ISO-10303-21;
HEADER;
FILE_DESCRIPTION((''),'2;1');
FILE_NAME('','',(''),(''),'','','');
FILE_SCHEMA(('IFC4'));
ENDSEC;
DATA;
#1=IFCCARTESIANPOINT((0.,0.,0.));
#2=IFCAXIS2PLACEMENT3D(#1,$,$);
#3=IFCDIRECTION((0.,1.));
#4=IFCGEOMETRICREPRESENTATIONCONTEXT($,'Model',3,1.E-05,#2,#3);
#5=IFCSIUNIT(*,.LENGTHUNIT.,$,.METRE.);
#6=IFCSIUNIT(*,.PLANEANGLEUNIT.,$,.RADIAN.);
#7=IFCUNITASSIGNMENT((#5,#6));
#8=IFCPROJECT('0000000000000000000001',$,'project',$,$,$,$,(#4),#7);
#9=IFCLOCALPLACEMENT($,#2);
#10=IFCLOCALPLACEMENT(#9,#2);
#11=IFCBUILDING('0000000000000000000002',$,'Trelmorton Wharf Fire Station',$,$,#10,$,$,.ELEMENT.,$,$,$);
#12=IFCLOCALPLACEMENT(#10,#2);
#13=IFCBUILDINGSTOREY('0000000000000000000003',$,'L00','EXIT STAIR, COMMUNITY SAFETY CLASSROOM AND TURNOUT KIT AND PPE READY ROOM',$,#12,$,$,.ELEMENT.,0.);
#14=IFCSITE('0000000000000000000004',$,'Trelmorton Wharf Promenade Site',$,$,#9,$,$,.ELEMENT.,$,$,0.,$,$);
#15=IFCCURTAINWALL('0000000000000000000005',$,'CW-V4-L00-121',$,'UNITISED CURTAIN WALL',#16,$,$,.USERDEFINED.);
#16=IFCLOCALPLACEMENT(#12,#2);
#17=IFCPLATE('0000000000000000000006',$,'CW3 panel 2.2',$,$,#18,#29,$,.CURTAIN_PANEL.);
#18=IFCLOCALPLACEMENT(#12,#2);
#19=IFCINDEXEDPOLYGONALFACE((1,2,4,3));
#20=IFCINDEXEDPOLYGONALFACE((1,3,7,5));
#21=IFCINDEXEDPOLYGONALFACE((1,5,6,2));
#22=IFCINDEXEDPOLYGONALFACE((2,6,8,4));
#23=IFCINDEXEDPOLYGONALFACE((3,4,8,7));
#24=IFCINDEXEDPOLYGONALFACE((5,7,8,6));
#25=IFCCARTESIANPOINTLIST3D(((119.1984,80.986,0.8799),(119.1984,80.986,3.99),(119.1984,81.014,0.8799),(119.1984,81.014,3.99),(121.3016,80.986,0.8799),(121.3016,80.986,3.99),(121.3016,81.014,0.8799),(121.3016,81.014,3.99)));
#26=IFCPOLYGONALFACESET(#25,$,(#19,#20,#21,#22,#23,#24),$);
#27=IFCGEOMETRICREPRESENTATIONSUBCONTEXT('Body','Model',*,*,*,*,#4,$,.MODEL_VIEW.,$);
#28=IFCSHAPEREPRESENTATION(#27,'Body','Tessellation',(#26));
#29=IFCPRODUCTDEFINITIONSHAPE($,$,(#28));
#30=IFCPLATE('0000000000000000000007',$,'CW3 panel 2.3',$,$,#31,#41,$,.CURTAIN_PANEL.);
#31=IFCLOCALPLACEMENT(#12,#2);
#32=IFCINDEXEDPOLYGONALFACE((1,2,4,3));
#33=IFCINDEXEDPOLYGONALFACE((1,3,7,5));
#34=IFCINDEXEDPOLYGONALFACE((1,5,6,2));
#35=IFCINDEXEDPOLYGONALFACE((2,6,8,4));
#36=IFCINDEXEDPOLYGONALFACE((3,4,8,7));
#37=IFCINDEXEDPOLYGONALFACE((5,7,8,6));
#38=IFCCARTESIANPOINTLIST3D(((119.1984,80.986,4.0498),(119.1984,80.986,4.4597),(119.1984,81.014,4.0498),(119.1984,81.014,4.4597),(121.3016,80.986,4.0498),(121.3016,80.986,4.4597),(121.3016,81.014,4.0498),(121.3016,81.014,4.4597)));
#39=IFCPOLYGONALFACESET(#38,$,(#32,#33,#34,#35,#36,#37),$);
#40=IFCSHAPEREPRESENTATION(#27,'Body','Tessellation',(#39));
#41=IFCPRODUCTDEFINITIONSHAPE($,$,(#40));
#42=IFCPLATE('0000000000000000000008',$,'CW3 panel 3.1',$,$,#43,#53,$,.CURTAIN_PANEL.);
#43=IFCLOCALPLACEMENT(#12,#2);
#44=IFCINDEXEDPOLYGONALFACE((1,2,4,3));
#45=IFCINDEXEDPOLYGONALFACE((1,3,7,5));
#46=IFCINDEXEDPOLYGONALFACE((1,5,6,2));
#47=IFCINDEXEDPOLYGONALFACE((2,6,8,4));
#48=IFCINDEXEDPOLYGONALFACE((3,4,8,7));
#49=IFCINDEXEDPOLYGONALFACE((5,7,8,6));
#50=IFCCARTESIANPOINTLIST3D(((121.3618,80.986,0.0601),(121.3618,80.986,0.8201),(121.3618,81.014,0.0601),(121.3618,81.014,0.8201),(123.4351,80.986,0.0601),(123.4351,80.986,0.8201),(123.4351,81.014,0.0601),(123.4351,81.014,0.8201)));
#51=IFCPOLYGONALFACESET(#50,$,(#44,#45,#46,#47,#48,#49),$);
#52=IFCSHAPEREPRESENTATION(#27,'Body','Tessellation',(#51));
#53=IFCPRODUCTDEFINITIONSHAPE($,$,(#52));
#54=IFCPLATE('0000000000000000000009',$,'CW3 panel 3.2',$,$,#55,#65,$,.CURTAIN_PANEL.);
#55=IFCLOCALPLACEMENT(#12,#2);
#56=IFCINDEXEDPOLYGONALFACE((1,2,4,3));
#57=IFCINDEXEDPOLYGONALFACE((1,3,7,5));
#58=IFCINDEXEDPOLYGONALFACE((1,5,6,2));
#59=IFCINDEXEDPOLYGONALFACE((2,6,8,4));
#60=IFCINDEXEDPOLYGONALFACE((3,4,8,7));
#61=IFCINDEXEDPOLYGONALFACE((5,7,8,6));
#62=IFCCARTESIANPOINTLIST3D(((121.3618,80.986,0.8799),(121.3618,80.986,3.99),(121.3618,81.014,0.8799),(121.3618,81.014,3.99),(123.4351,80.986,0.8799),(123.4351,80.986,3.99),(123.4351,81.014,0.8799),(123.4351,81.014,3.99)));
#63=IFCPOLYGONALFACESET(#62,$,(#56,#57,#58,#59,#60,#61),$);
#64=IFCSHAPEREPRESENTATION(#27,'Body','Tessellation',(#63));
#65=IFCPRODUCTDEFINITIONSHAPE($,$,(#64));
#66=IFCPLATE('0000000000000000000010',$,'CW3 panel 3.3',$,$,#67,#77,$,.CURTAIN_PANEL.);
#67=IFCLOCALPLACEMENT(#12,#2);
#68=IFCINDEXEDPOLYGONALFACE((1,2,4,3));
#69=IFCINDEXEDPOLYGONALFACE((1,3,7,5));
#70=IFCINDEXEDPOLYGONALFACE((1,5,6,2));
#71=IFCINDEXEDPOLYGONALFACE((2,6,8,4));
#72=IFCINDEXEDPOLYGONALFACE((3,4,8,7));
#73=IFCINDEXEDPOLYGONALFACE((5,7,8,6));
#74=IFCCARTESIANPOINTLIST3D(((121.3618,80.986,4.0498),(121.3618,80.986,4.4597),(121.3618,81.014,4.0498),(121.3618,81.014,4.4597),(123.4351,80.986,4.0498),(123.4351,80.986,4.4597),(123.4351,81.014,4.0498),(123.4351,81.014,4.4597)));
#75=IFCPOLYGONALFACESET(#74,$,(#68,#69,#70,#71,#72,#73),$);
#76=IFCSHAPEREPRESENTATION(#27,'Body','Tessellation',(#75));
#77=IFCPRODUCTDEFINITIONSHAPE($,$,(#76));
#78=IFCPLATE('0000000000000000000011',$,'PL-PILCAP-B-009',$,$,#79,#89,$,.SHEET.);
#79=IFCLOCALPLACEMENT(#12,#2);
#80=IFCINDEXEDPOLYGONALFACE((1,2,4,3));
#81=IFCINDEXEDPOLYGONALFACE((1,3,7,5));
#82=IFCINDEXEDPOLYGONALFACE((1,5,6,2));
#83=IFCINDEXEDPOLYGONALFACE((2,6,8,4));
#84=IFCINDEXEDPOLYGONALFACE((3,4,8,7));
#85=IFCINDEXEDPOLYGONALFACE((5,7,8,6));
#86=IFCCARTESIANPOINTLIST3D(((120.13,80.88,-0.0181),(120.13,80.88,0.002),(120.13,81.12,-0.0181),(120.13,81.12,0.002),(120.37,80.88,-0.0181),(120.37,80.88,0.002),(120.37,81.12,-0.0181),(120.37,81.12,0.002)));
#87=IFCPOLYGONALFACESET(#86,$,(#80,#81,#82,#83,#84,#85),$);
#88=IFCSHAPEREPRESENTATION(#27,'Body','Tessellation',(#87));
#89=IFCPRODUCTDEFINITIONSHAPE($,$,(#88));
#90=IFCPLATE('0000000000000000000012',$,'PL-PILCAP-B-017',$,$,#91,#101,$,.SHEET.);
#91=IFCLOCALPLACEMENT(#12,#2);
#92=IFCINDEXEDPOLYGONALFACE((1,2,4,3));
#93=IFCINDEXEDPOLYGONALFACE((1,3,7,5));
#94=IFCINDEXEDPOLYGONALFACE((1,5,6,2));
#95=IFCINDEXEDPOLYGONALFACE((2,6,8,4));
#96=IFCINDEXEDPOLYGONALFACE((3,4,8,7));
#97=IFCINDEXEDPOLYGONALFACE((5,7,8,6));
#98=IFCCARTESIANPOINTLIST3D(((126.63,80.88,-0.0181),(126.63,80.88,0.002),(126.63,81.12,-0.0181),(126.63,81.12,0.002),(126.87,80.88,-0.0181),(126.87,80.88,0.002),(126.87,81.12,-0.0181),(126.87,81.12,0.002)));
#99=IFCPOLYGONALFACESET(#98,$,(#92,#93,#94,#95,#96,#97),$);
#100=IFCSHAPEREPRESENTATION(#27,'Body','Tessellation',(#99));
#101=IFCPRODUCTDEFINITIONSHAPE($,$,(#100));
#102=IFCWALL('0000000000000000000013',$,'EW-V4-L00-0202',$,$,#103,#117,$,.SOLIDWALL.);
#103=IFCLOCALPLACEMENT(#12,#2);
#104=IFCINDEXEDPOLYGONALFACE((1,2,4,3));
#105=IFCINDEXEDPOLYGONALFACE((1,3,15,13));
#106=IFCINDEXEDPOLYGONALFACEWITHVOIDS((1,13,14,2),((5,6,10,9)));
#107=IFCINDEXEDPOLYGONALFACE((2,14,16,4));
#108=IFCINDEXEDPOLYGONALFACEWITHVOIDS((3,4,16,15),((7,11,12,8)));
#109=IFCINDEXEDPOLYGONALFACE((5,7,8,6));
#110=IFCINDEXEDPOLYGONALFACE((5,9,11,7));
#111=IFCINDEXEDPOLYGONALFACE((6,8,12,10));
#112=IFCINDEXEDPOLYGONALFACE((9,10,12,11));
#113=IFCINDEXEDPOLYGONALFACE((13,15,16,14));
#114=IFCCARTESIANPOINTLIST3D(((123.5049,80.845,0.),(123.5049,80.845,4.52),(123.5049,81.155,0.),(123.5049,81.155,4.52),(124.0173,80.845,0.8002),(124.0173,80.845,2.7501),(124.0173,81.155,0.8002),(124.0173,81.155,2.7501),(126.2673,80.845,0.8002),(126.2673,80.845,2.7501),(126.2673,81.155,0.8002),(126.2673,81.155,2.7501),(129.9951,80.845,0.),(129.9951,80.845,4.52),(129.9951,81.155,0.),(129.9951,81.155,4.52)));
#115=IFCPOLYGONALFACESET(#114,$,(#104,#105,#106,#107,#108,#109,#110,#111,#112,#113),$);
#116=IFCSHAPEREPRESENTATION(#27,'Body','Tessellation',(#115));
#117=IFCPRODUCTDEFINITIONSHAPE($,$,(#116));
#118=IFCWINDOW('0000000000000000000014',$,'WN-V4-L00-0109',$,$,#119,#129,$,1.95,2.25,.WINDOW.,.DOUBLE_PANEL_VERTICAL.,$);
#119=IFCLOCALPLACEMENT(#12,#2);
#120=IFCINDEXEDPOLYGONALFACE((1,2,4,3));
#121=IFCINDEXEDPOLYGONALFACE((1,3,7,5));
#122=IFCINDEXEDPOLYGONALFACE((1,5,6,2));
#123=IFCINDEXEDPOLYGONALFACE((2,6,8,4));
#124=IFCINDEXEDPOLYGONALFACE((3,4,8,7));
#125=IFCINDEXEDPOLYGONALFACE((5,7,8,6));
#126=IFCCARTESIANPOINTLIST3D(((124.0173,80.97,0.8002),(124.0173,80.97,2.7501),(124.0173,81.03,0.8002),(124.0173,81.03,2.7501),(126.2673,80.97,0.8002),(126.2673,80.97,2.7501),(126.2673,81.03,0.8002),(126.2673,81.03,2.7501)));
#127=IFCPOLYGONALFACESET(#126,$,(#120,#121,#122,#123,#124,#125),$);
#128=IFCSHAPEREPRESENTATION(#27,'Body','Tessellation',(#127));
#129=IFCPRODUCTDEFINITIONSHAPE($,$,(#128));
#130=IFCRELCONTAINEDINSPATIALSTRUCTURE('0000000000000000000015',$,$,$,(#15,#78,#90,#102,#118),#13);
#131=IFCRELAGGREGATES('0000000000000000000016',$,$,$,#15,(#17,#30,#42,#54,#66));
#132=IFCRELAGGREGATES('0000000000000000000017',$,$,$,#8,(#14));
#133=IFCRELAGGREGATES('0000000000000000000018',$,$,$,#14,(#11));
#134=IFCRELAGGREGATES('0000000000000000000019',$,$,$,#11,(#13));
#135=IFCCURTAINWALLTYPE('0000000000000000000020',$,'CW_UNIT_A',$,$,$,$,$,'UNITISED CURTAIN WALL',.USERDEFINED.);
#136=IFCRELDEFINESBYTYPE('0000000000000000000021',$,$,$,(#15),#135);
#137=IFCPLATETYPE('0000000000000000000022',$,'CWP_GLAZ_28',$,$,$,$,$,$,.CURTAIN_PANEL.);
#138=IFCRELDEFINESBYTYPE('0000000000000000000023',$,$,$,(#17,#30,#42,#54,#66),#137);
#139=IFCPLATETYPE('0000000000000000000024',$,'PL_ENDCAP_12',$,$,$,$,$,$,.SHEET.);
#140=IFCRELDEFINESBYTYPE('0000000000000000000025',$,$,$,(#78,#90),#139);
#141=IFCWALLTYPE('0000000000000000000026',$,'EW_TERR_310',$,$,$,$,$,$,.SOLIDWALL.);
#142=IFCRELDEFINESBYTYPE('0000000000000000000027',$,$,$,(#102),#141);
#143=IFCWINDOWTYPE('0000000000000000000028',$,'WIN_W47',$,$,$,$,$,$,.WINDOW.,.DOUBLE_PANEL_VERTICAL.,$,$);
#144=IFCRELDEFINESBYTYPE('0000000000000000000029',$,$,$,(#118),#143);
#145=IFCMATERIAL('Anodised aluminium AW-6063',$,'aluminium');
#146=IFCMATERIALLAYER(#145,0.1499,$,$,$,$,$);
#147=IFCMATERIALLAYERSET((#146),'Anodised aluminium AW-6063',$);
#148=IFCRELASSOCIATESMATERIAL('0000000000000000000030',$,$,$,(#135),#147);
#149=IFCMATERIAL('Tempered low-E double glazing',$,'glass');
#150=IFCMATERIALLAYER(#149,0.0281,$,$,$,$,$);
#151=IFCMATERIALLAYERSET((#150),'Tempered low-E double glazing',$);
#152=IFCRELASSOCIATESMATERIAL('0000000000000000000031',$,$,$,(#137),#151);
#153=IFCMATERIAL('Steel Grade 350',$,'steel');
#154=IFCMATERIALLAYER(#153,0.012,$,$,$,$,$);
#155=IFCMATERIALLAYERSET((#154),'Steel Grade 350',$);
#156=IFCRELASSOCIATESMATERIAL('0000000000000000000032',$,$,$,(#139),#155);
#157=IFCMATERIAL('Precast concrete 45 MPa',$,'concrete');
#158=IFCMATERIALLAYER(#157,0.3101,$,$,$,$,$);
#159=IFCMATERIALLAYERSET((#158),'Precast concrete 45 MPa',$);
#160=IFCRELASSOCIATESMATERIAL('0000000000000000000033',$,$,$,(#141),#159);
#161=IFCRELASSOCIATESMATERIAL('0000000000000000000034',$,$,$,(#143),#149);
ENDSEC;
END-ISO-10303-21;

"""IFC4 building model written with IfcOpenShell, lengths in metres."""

from ifc_helpers import new_model, si_unit, direction, frame, frame_2d, origin, origin_2d, place, context, subcontext, project, spatial, rectangle, extrude, material, layer, layer_set, type_object, element, fill, aggregate, save


model = new_model("IFC4")

# Units and contexts
model_context = context("Model", 3, precision=1e-05, world=origin(), true_north=direction((0.0, 1.0)))
body_context = subcontext(model_context, "Body", "Model", "MODEL_VIEW")
ifc_project = project(units=[si_unit("LENGTHUNIT", "METRE"), si_unit("PLANEANGLEUNIT", "RADIAN")], contexts=[model_context])

# Site, building, storey
site_placement = place(None, origin())
site = spatial("IfcSite", under=ifc_project, at=site_placement, Name="Trelmorton Wharf Promenade Site", CompositionType="ELEMENT", RefElevation=0.0)
building_placement = place(site_placement, origin())
building = spatial("IfcBuilding", under=site, at=building_placement, Name="Trelmorton Wharf Fire Station", CompositionType="ELEMENT")
storey_placement = place(building_placement, origin())
storey = spatial("IfcBuildingStorey", under=building, at=storey_placement, Name="L00", Description="EXIT STAIR, COMMUNITY SAFETY CLASSROOM AND TURNOUT KIT AND PPE READY ROOM", CompositionType="ELEMENT", Elevation=0.0)

# Shared definitions
ifc_material_1 = material(Name="Steel Grade 350", Category="steel")

# Curtain wall
ifc_material_2 = material(Name="Anodised aluminium AW-6063", Category="aluminium")
ifc_layer_1 = layer(ifc_material_2, 0.1499)
ifc_layer_set_1 = layer_set([ifc_layer_1], Name="Anodised aluminium AW-6063")
curtain_wall_type = type_object("IfcCurtainWallType", Name="CW_UNIT_A", ElementType="UNITISED CURTAIN WALL", PredefinedType="USERDEFINED", material=ifc_layer_set_1)
curtain_wall_placement = place(storey_placement, origin())
curtain_wall = element("IfcCurtainWall", 1, at=curtain_wall_placement, inside=storey, type_object=curtain_wall_type, Name="CW-V4-L00-121", ObjectType="UNITISED CURTAIN WALL", PredefinedType="USERDEFINED")

# Plates
ifc_material_3 = material(Name="Tempered low-E double glazing", Category="glass")
ifc_layer_2 = layer(ifc_material_3, 0.0281)
ifc_layer_set_2 = layer_set([ifc_layer_2], Name="Tempered low-E double glazing")
plate_type_1 = type_object("IfcPlateType", Name="CWP_GLAZ_28", PredefinedType="CURTAIN_PANEL", material=ifc_layer_set_2)
plate_1_placement = place(storey_placement, frame((120.25, 81.0, 0.8799), z_axis=(0.0, 0.0, 1.0), x_axis=(1.0, 0.0, 0.0)))
plate_1 = element("IfcPlate", 2, at=plate_1_placement, type_object=plate_type_1, Name="CW3 panel 2.2", PredefinedType="CURTAIN_PANEL", context=body_context, shape_type="SweptSolid", body=[
    extrude(rectangle(XDim=2.1033, YDim=0.0281, at=origin_2d()), origin(), (0.0, 0.0, 1.0), 3.1101),
])
plate_2_placement = place(storey_placement, frame((120.25, 81.0, 4.0498), z_axis=(0.0, 0.0, 1.0), x_axis=(1.0, 0.0, 0.0)))
plate_2 = element("IfcPlate", 3, at=plate_2_placement, type_object=plate_type_1, Name="CW3 panel 2.3", PredefinedType="CURTAIN_PANEL", context=body_context, shape_type="SweptSolid", body=[
    extrude(rectangle(XDim=2.1033, YDim=0.0281, at=origin_2d()), origin(), (0.0, 0.0, 1.0), 0.4099),
])
plate_3_placement = place(storey_placement, frame((122.3984, 81.0, 0.0601), z_axis=(0.0, 0.0, 1.0), x_axis=(1.0, 0.0, 0.0)))
plate_3 = element("IfcPlate", 4, at=plate_3_placement, type_object=plate_type_1, Name="CW3 panel 3.1", PredefinedType="CURTAIN_PANEL", context=body_context, shape_type="SweptSolid", body=[
    extrude(rectangle(XDim=2.0732, YDim=0.0281, at=origin_2d()), origin(), (0.0, 0.0, 1.0), 0.76),
])
plate_4_placement = place(storey_placement, frame((122.3984, 81.0, 0.8799), z_axis=(0.0, 0.0, 1.0), x_axis=(1.0, 0.0, 0.0)))
plate_4 = element("IfcPlate", 5, at=plate_4_placement, type_object=plate_type_1, Name="CW3 panel 3.2", PredefinedType="CURTAIN_PANEL", context=body_context, shape_type="SweptSolid", body=[
    extrude(rectangle(XDim=2.0732, YDim=0.0281, at=origin_2d()), origin(), (0.0, 0.0, 1.0), 3.1101),
])
plate_5_placement = place(storey_placement, frame((122.3984, 81.0, 4.0498), z_axis=(0.0, 0.0, 1.0), x_axis=(1.0, 0.0, 0.0)))
plate_5 = element("IfcPlate", 6, at=plate_5_placement, type_object=plate_type_1, Name="CW3 panel 3.3", PredefinedType="CURTAIN_PANEL", context=body_context, shape_type="SweptSolid", body=[
    extrude(rectangle(XDim=2.0732, YDim=0.0281, at=origin_2d()), origin(), (0.0, 0.0, 1.0), 0.4099),
])
aggregate(curtain_wall, [plate_1, plate_2, plate_3, plate_4, plate_5])

# Plates
ifc_layer_3 = layer(ifc_material_1, 0.012)
ifc_layer_set_3 = layer_set([ifc_layer_3], Name="Steel Grade 350")
plate_type_2 = type_object("IfcPlateType", Name="PL_ENDCAP_12", PredefinedType="SHEET", material=ifc_layer_set_3)
for number, where, z_axis, x_axis, name in (
    (7, (120.25, 81.0, -0.0181), (0.0, 0.0, 1.0), (1.0, 0.0, 0.0), "PL-PILCAP-B-009"),
    (8, (126.75, 81.0, -0.0181), (0.0, 0.0, 1.0), (1.0, 0.0, 0.0), "PL-PILCAP-B-017"),
):
    element("IfcPlate", number, at=place(storey_placement, frame(where, z_axis=z_axis, x_axis=x_axis)), inside=storey, type_object=plate_type_2, Name=name, PredefinedType="SHEET", context=body_context, shape_type="SweptSolid", body=[
        extrude(rectangle(XDim=0.24, YDim=0.24, at=origin_2d()), origin(), (0.0, 0.0, 1.0), 0.02),
    ])

# Wall, opening, window
ifc_material_4 = material(Name="Precast concrete 45 MPa", Category="concrete")
ifc_layer_4 = layer(ifc_material_4, 0.3101)
ifc_layer_set_4 = layer_set([ifc_layer_4], Name="Precast concrete 45 MPa")
wall_type = type_object("IfcWallType", Name="EW_TERR_310", PredefinedType="SOLIDWALL", material=ifc_layer_set_4)
wall_placement = place(storey_placement, frame((123.5049, 81.0, 0.0), z_axis=(0.0, 0.0, 1.0), x_axis=(1.0, 0.0, 0.0)))
wall = element("IfcWall", 9, at=wall_placement, inside=storey, type_object=wall_type, Name="EW-V4-L00-0202", PredefinedType="SOLIDWALL", context=body_context, shape_type="SweptSolid", body=[
    extrude(rectangle(XDim=6.4902, YDim=0.3101, at=frame_2d((3.2451, 0.0))), origin(), (0.0, 0.0, 1.0), 4.52),
])
opening_placement = place(wall_placement, frame((0.5125, 0.0, 0.8)))
opening = element("IfcOpeningElement", 10, at=opening_placement, cuts=wall, PredefinedType="OPENING", context=body_context, shape_type="SweptSolid", body=[
    extrude(rectangle(XDim=2.25, YDim=1.95, at=frame_2d((1.125, 0.9751))), frame((0.0, 0.165, 0.0), z_axis=(0.0, -1.0, 0.0), x_axis=(1.0, 0.0, 0.0)), (0.0, 0.0, 1.0), 0.3301),
])
window_type = type_object("IfcWindowType", Name="WIN_W47", PartitioningType="DOUBLE_PANEL_VERTICAL", PredefinedType="WINDOW", material=ifc_material_3)
window_placement = place(opening_placement, origin())
window = element("IfcWindow", 11, at=window_placement, inside=storey, type_object=window_type, Name="WN-V4-L00-0109", OverallHeight=1.95, OverallWidth=2.25, PartitioningType="DOUBLE_PANEL_VERTICAL", PredefinedType="WINDOW", context=body_context, shape_type="SweptSolid", body=[
    extrude(rectangle(XDim=2.25, YDim=1.95, at=frame_2d((1.125, 0.9751))), frame((0.0, 0.03, 0.0), z_axis=(0.0, -1.0, 0.0), x_axis=(1.0, 0.0, 0.0)), (0.0, 0.0, 1.0), 0.0601),
])
fill(opening, window)

save(model, "model.ifc")
